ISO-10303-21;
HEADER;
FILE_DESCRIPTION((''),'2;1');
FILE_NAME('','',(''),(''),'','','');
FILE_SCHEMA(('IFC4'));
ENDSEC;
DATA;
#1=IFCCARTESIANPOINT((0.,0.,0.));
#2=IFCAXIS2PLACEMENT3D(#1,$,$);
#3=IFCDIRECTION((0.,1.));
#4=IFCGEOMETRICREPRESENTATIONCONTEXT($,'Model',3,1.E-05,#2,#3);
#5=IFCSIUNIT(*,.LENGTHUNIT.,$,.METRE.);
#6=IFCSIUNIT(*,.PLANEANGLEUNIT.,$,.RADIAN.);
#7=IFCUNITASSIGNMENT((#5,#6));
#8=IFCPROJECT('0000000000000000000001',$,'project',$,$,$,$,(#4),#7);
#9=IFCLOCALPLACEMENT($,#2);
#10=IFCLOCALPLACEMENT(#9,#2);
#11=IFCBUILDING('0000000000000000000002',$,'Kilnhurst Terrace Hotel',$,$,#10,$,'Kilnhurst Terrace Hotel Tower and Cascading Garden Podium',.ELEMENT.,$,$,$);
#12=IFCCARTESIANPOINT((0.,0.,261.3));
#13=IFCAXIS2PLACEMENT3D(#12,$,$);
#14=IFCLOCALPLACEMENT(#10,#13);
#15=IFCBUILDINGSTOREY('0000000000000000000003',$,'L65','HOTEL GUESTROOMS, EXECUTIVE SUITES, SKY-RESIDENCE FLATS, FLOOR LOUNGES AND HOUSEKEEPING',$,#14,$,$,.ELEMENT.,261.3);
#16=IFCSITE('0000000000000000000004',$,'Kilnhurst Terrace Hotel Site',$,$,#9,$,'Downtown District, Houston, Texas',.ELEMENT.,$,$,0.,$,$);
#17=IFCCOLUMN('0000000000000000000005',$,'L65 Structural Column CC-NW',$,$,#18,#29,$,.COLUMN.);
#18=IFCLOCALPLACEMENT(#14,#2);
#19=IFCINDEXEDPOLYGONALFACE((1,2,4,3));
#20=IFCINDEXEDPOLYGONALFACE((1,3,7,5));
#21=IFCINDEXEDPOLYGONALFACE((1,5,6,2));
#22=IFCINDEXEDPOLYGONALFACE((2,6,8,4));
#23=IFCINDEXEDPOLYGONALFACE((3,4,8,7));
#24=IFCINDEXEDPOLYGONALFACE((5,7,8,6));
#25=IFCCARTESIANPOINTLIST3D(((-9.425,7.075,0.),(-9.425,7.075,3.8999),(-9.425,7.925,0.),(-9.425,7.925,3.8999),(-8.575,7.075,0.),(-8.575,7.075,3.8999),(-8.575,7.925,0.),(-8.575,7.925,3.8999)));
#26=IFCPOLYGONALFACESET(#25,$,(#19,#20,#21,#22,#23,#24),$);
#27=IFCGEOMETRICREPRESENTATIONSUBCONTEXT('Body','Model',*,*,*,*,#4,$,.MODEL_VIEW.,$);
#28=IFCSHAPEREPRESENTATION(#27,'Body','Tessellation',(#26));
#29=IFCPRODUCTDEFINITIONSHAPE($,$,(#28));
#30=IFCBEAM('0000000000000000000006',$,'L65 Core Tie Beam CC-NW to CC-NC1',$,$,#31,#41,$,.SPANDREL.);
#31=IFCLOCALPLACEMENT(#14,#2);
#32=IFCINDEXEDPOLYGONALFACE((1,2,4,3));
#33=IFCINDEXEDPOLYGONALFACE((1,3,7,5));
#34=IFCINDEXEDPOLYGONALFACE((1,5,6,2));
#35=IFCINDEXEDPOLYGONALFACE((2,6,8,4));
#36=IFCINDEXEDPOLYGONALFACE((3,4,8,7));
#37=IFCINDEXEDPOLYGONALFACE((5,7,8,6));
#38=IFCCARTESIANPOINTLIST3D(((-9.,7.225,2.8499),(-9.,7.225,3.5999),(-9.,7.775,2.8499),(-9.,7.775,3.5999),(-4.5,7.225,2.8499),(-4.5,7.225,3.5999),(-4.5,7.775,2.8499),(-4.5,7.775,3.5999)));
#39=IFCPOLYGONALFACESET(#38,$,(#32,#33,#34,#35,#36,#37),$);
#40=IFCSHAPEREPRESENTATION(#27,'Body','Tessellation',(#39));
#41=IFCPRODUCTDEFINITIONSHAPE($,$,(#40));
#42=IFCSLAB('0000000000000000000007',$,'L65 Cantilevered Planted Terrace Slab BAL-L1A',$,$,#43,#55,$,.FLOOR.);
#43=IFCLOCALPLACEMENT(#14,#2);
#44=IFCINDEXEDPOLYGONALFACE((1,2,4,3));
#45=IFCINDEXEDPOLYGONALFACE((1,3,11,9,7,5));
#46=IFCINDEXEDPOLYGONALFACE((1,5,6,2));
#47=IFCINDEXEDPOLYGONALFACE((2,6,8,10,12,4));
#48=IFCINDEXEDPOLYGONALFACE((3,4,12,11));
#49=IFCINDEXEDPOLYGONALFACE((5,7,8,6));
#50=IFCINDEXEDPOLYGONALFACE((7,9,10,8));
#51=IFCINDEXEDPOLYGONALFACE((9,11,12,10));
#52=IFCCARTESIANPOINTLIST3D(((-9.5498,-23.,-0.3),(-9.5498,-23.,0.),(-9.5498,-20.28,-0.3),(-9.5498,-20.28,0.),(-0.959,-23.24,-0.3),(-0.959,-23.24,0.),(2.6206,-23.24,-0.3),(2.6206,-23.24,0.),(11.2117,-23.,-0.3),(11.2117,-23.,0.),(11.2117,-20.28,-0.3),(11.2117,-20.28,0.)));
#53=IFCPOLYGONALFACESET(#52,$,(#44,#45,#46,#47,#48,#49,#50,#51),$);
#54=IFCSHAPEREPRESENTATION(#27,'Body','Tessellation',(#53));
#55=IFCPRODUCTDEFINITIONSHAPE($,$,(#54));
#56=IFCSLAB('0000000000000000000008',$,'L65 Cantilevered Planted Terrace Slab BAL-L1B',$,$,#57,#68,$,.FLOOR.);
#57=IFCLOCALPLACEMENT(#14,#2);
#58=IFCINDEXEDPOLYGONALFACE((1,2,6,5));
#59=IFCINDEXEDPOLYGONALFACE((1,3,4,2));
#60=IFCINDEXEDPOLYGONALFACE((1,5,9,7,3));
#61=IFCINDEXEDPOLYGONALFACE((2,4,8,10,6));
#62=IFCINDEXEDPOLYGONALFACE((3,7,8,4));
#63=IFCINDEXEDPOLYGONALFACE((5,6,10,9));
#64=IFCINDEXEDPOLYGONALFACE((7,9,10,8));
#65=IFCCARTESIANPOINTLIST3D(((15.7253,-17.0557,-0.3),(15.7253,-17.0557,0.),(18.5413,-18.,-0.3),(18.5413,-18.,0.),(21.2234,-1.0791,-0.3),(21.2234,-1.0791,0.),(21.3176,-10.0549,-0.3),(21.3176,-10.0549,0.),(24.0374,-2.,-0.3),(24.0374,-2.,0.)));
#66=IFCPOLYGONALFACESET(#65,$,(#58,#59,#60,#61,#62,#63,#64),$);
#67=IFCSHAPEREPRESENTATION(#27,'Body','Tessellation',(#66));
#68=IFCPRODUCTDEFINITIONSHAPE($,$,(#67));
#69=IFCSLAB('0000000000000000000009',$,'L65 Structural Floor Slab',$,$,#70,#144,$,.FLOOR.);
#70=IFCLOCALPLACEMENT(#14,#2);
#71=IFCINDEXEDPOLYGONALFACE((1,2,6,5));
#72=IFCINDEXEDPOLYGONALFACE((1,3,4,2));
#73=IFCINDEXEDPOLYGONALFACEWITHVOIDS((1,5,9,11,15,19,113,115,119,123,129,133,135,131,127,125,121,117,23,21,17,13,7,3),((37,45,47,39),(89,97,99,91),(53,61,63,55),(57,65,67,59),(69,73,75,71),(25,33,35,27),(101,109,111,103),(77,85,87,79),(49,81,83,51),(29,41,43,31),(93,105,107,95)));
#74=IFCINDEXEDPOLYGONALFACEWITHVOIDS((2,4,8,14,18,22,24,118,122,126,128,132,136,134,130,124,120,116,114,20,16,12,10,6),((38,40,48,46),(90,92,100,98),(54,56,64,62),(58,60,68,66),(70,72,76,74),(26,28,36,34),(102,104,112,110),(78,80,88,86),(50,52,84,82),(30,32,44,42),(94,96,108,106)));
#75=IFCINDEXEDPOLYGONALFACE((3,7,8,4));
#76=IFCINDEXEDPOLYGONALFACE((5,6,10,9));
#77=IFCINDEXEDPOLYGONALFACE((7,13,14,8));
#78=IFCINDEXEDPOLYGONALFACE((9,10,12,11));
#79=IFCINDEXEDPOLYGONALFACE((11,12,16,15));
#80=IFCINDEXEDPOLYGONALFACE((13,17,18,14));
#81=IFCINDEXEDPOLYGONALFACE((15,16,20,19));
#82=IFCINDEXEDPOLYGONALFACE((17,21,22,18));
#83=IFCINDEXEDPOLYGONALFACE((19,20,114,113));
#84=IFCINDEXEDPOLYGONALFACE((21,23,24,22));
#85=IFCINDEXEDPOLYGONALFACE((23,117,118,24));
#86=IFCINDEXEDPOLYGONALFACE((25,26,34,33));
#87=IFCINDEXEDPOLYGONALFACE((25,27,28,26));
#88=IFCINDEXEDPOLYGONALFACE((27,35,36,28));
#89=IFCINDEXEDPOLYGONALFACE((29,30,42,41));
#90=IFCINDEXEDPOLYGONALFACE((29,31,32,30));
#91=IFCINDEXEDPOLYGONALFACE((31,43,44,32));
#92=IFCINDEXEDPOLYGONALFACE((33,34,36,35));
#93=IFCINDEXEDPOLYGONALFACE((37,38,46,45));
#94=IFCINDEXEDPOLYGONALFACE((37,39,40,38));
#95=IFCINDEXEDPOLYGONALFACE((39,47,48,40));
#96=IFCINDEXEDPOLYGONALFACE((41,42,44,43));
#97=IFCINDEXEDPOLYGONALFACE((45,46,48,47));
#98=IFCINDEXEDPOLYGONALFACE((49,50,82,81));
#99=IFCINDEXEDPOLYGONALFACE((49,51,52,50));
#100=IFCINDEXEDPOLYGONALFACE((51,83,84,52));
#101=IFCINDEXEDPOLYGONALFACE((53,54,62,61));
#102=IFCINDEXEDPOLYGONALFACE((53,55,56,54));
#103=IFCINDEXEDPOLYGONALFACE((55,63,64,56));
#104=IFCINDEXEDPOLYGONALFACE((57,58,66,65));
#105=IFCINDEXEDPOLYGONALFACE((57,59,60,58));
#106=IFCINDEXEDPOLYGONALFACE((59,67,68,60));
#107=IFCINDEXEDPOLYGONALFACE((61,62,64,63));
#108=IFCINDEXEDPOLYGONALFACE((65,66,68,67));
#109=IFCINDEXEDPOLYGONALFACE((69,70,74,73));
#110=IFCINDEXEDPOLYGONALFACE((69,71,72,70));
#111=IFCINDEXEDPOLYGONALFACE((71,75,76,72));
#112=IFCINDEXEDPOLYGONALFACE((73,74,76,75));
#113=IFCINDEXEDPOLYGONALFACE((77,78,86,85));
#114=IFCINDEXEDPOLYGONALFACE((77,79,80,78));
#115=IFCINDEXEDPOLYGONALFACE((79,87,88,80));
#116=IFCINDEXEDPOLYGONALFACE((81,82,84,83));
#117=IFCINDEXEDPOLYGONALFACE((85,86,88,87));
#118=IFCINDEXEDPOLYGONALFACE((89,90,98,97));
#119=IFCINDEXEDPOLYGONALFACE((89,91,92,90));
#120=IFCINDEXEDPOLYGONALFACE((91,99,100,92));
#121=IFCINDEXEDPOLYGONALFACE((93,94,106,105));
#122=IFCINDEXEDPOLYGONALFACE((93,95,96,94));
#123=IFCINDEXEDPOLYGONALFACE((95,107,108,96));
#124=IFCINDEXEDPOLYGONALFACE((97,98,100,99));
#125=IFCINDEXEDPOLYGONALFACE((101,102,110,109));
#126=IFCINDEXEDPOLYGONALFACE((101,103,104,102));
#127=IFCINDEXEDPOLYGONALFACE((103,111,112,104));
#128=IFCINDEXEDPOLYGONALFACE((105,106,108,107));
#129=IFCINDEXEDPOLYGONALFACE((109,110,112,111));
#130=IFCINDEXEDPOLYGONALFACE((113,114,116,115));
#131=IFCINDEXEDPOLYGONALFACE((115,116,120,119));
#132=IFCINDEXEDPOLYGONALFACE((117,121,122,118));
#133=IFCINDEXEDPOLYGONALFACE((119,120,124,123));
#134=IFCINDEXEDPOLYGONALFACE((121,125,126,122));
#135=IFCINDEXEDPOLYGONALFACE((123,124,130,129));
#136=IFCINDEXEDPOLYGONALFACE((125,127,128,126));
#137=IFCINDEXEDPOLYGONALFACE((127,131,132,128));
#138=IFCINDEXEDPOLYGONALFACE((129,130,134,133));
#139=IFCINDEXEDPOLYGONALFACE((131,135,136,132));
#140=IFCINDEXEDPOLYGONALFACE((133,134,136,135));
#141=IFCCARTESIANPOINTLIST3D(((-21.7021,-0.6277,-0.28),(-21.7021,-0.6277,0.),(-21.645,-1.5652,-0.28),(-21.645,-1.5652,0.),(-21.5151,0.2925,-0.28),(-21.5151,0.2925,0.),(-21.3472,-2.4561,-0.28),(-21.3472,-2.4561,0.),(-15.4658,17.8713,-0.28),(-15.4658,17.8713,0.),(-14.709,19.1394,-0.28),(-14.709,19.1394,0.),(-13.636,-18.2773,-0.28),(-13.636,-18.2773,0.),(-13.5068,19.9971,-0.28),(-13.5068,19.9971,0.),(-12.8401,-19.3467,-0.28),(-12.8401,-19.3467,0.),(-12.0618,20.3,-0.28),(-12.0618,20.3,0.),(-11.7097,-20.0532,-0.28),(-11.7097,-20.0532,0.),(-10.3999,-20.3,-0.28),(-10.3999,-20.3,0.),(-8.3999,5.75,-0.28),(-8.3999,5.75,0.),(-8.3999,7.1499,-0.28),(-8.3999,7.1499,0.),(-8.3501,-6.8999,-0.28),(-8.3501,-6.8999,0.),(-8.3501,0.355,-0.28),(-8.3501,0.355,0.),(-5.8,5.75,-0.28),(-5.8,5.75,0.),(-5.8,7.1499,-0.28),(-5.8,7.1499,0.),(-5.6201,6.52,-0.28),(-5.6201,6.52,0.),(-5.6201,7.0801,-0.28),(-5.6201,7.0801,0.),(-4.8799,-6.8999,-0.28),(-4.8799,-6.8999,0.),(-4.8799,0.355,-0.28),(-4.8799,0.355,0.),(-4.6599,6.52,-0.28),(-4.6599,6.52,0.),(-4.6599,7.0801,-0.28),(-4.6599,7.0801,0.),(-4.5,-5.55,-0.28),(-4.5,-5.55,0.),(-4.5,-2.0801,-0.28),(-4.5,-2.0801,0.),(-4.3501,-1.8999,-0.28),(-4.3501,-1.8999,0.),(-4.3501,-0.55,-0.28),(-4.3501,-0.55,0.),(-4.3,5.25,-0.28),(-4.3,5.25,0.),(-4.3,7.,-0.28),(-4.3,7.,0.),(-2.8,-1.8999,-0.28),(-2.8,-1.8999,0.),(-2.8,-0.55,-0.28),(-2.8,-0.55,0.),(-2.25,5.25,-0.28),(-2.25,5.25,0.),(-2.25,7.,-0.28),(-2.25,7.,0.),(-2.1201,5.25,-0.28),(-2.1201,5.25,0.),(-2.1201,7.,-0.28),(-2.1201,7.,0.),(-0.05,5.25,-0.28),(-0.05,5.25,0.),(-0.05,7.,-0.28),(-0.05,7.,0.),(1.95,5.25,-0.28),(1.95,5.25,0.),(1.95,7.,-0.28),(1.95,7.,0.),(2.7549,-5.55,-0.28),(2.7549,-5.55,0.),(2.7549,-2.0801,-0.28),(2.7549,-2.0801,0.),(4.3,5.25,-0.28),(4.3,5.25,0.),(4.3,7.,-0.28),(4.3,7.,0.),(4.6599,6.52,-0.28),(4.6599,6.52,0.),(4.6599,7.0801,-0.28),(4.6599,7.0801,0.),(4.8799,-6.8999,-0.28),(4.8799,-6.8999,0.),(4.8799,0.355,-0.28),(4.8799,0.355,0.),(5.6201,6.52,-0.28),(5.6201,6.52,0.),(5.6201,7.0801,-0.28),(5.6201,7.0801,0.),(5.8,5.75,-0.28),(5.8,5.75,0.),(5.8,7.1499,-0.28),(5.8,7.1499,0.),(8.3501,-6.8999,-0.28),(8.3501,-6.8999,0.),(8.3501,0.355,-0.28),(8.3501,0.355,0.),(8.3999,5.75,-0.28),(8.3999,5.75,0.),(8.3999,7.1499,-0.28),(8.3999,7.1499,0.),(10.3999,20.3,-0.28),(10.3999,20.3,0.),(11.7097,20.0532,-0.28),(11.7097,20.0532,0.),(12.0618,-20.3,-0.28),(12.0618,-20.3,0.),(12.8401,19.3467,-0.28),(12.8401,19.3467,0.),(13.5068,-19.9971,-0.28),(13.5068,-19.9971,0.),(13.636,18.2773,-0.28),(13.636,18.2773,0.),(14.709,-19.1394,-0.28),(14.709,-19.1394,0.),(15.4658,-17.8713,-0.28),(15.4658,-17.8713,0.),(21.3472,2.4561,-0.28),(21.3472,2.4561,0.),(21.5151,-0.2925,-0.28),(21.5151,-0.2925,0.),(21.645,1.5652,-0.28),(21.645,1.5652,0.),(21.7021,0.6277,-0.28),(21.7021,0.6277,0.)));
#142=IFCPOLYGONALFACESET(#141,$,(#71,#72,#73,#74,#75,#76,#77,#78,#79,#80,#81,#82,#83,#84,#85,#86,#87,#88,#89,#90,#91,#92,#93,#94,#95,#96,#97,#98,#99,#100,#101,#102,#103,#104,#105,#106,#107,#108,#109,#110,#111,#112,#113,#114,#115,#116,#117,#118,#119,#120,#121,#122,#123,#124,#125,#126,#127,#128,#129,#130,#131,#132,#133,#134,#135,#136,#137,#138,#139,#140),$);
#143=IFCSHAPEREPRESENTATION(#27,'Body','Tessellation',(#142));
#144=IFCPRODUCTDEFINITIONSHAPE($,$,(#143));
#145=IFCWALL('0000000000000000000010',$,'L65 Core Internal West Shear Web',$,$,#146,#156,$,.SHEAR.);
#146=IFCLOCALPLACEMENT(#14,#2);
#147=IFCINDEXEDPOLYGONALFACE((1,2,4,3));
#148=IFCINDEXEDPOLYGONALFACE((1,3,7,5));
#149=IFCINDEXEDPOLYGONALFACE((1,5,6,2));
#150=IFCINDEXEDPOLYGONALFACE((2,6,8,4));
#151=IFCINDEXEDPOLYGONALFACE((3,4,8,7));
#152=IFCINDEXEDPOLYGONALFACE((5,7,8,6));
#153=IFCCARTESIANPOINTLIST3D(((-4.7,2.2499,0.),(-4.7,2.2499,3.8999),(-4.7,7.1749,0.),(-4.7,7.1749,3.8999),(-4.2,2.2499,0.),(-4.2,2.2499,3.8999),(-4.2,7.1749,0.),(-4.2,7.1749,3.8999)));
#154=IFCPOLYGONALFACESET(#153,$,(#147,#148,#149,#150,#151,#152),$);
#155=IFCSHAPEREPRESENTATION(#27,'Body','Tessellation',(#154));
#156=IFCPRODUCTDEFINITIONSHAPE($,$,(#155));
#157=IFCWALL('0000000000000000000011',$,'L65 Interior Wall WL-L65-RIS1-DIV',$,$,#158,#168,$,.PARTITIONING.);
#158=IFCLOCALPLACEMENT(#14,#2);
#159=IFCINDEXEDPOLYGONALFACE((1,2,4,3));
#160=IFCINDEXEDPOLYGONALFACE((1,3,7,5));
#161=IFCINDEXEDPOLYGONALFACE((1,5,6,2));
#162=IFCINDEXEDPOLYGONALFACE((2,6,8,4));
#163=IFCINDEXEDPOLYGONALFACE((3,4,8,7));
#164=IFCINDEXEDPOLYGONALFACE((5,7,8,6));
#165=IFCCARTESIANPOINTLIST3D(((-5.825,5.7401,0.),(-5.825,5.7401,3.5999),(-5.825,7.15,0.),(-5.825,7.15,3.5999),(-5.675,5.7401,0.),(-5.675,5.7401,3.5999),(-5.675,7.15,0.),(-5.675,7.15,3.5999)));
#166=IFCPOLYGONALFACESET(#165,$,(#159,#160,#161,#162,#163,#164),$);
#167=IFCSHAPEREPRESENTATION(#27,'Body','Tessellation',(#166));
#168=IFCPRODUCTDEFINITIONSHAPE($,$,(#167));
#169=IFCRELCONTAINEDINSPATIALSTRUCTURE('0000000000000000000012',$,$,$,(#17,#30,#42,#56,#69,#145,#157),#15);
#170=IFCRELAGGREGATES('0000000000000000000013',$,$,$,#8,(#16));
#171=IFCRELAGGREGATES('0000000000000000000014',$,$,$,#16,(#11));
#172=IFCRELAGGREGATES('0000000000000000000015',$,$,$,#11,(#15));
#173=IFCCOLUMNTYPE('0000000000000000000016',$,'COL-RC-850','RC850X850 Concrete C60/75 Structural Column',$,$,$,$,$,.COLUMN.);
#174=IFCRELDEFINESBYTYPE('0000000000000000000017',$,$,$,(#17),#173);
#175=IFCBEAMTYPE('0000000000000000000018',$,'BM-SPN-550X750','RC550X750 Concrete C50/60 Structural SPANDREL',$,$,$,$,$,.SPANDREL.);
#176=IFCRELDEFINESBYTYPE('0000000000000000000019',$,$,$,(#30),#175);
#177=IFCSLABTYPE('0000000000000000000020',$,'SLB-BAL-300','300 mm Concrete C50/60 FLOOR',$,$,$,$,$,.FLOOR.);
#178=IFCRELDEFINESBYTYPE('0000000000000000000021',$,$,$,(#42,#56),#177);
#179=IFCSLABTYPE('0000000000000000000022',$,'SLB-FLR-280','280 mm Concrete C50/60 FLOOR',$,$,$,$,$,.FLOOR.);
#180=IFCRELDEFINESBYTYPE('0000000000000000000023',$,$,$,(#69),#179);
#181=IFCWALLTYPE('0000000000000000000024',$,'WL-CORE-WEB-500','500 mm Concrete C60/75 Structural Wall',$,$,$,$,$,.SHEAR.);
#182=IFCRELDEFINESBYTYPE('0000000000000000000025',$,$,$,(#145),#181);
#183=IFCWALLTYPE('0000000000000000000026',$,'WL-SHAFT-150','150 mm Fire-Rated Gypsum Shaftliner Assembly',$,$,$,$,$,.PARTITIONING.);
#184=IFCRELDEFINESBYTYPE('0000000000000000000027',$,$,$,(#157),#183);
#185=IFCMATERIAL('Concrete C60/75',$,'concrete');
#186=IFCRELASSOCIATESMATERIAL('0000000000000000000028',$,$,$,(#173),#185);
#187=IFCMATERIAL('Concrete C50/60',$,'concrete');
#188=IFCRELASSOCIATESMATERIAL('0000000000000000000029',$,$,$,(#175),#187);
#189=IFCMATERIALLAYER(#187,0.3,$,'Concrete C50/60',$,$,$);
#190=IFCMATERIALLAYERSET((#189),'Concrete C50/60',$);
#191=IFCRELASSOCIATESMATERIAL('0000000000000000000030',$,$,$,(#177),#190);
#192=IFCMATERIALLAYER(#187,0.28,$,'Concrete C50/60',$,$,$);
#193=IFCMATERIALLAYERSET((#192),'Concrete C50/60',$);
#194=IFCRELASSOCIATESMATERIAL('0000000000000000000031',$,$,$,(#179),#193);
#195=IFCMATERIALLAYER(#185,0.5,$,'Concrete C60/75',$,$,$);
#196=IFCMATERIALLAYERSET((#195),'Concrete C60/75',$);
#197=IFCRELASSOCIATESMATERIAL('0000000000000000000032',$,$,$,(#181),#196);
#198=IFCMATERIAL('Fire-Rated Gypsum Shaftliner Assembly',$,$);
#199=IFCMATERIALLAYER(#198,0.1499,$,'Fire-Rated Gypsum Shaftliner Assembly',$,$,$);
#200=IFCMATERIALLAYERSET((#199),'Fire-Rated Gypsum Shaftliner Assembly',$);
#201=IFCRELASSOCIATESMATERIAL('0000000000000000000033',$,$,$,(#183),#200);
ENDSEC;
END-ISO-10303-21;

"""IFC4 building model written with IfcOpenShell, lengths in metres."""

from ifc_helpers import new_model, si_unit, direction, frame, frame_2d, origin, origin_2d, place, context, subcontext, project, spatial, polyline, rectangle, outline, extrude, material, layer, layer_set, material_profile, profile_set, type_object, element, save


model = new_model("IFC4")

# Units and contexts
model_context = context("Model", 3, precision=1e-05, world=origin(), true_north=direction((0.0, 1.0)))
body_context = subcontext(model_context, "Body", "Model", "MODEL_VIEW")
ifc_project = project(units=[si_unit("LENGTHUNIT", "METRE"), si_unit("PLANEANGLEUNIT", "RADIAN")], contexts=[model_context])

# Site, building, storey
site_placement = place(None, origin())
site = spatial("IfcSite", under=ifc_project, at=site_placement, Name="Kilnhurst Terrace Hotel Site", LongName="Downtown District, Houston, Texas", CompositionType="ELEMENT", RefElevation=0.0)
building_placement = place(site_placement, origin())
building = spatial("IfcBuilding", under=site, at=building_placement, Name="Kilnhurst Terrace Hotel", LongName="Kilnhurst Terrace Hotel Tower and Cascading Garden Podium", CompositionType="ELEMENT")
storey_placement = place(building_placement, frame((0.0, 0.0, 261.3)))
storey = spatial("IfcBuildingStorey", under=building, at=storey_placement, Name="L65", Description="HOTEL GUESTROOMS, EXECUTIVE SUITES, SKY-RESIDENCE FLATS, FLOOR LOUNGES AND HOUSEKEEPING", CompositionType="ELEMENT", Elevation=261.3)

# Column
ifc_material_1 = material(Name="Concrete C60/75", Category="concrete")
ifc_material_profile_1 = material_profile(ifc_material_1, rectangle(XDim=0.8501, YDim=0.8501, at=origin_2d()), Name="RC850X850")
ifc_profile_set_1 = profile_set([ifc_material_profile_1], Name="Concrete C60/75")
column_type = type_object("IfcColumnType", Name="COL-RC-850", Description="RC850X850 Concrete C60/75 Structural Column", PredefinedType="COLUMN", material=ifc_profile_set_1)
column_placement = place(storey_placement, frame((-9.0, 7.5, 0.0), z_axis=(0.0, 0.0, 1.0), x_axis=(1.0, 0.0, 0.0)))
element("IfcColumn", 1, at=column_placement, inside=storey, type_object=column_type, Name="L65 Structural Column CC-NW", PredefinedType="COLUMN", context=body_context, shape_type="SweptSolid", body=[
    extrude(rectangle(XDim=0.8501, YDim=0.8501, at=origin_2d()), origin(), (0.0, 0.0, 1.0), 3.8999),
])

# Beam
ifc_material_2 = material(Name="Concrete C50/60", Category="concrete")
ifc_material_profile_2 = material_profile(ifc_material_2, rectangle(XDim=0.55, YDim=0.75, at=origin_2d()), Name="RC550X750")
ifc_profile_set_2 = profile_set([ifc_material_profile_2], Name="Concrete C50/60")
beam_type = type_object("IfcBeamType", Name="BM-SPN-550X750", Description="RC550X750 Concrete C50/60 Structural SPANDREL", PredefinedType="SPANDREL", material=ifc_profile_set_2)
beam_placement = place(storey_placement, frame((-9.0, 7.5, 3.2249), z_axis=(1.0, 0.0, 0.0), x_axis=(0.0, 1.0, 0.0)))
element("IfcBeam", 2, at=beam_placement, inside=storey, type_object=beam_type, Name="L65 Core Tie Beam CC-NW to CC-NC1", PredefinedType="SPANDREL", context=body_context, shape_type="SweptSolid", body=[
    extrude(rectangle(XDim=0.55, YDim=0.75, at=origin_2d()), origin(), (0.0, 0.0, 1.0), 4.5),
])

# Slabs
ifc_layer_1 = layer(ifc_material_2, 0.3, Name="Concrete C50/60")
ifc_layer_set_1 = layer_set([ifc_layer_1], Name="Concrete C50/60")
slab_type_1 = type_object("IfcSlabType", Name="SLB-BAL-300", Description="300 mm Concrete C50/60 FLOOR", PredefinedType="FLOOR", material=ifc_layer_set_1)
slab_1_placement = place(storey_placement, frame((0.0, 0.0, -0.3)))
element("IfcSlab", 3, at=slab_1_placement, inside=storey, type_object=slab_type_1, Name="L65 Cantilevered Planted Terrace Slab BAL-L1A", PredefinedType="FLOOR", context=body_context, shape_type="SweptSolid", body=[
    extrude(outline(polyline([(2.6206, -23.24), (-0.959, -23.24), (-9.5498, -23.0), (-9.5498, -20.28), (11.2117, -20.28), (11.2117, -23.0), (2.6206, -23.24)])), origin(), (0.0, 0.0, 1.0), 0.3),
])
slab_2_placement = place(storey_placement, frame((0.0, 0.0, -0.3)))
element("IfcSlab", 4, at=slab_2_placement, inside=storey, type_object=slab_type_1, Name="L65 Cantilevered Planted Terrace Slab BAL-L1B", PredefinedType="FLOOR", context=body_context, shape_type="SweptSolid", body=[
    extrude(outline(polyline([(18.5413, -18.0), (15.7253, -17.0557), (21.2234, -1.0791), (24.0374, -2.0), (21.3176, -10.0549), (18.5413, -18.0)])), origin(), (0.0, 0.0, 1.0), 0.3),
])
ifc_layer_2 = layer(ifc_material_2, 0.28, Name="Concrete C50/60")
ifc_layer_set_2 = layer_set([ifc_layer_2], Name="Concrete C50/60")
slab_type_2 = type_object("IfcSlabType", Name="SLB-FLR-280", Description="280 mm Concrete C50/60 FLOOR", PredefinedType="FLOOR", material=ifc_layer_set_2)
slab_3_placement = place(storey_placement, frame((0.0, 0.0, -0.28)))
element("IfcSlab", 5, at=slab_3_placement, inside=storey, type_object=slab_type_2, Name="L65 Structural Floor Slab", PredefinedType="FLOOR", context=body_context, shape_type="SweptSolid", body=[
    extrude(outline(polyline([(-13.636, -18.2773), (-12.8401, -19.3467), (-11.7097, -20.0532), (-10.3999, -20.3), (12.0618, -20.3), (13.5068, -19.9971), (14.709, -19.1394), (15.4658, -17.8713), (21.5151, -0.2925), (21.7021, 0.6277), (21.645, 1.5652), (21.3472, 2.4561), (13.636, 18.2773), (12.8401, 19.3467), (11.7097, 20.0532), (10.3999, 20.3), (-12.0618, 20.3), (-13.5068, 19.9971), (-14.709, 19.1394), (-15.4658, 17.8713), (-21.5151, 0.2925), (-21.7021, -0.6277), (-21.645, -1.5652), (-21.3472, -2.4561), (-13.636, -18.2773)]), holes=[polyline([(-8.3501, 0.355), (-4.8799, 0.355), (-4.8799, -6.8999), (-8.3501, -6.8999), (-8.3501, 0.355)]), polyline([(-2.8, -1.8999), (-4.3501, -1.8999), (-4.3501, -0.55), (-2.8, -0.55), (-2.8, -1.8999)]), polyline([(-2.25, 5.25), (-4.3, 5.25), (-4.3, 7.0), (-2.25, 7.0), (-2.25, 5.25)]), polyline([(-2.1201, 5.25), (-2.1201, 7.0), (-0.05, 7.0), (-0.05, 5.25), (-2.1201, 5.25)]), polyline([(-8.3999, 5.75), (-8.3999, 7.1499), (-5.8, 7.1499), (-5.8, 5.75), (-8.3999, 5.75)]), polyline([(-4.6599, 6.52), (-5.6201, 6.52), (-5.6201, 7.0801), (-4.6599, 7.0801), (-4.6599, 6.52)]), polyline([(2.7549, -5.55), (-4.5, -5.55), (-4.5, -2.0801), (2.7549, -2.0801), (2.7549, -5.55)]), polyline([(8.3501, 0.355), (8.3501, -6.8999), (4.8799, -6.8999), (4.8799, 0.355), (8.3501, 0.355)]), polyline([(4.3, 5.25), (1.95, 5.25), (1.95, 7.0), (4.3, 7.0), (4.3, 5.25)]), polyline([(5.8, 5.75), (5.8, 7.1499), (8.3999, 7.1499), (8.3999, 5.75), (5.8, 5.75)]), polyline([(4.6599, 6.52), (4.6599, 7.0801), (5.6201, 7.0801), (5.6201, 6.52), (4.6599, 6.52)])]), origin(), (0.0, 0.0, 1.0), 0.28),
])

# Walls
ifc_layer_3 = layer(ifc_material_1, 0.5, Name="Concrete C60/75")
ifc_layer_set_3 = layer_set([ifc_layer_3], Name="Concrete C60/75")
wall_type_1 = type_object("IfcWallType", Name="WL-CORE-WEB-500", Description="500 mm Concrete C60/75 Structural Wall", PredefinedType="SHEAR", material=ifc_layer_set_3)
wall_1_placement = place(storey_placement, frame((-4.45, 2.25, 0.0), z_axis=(0.0, 0.0, 1.0), x_axis=(0.0, 1.0, 0.0)))
element("IfcWall", 6, at=wall_1_placement, inside=storey, type_object=wall_type_1, Name="L65 Core Internal West Shear Web", PredefinedType="SHEAR", context=body_context, shape_type="SweptSolid", body=[
    extrude(rectangle(XDim=4.925, YDim=0.5, at=frame_2d((2.4624, 0.0))), origin(), (0.0, 0.0, 1.0), 3.8999),
])
ifc_material_3 = material(Name="Fire-Rated Gypsum Shaftliner Assembly")
ifc_layer_4 = layer(ifc_material_3, 0.1499, Name="Fire-Rated Gypsum Shaftliner Assembly")
ifc_layer_set_4 = layer_set([ifc_layer_4], Name="Fire-Rated Gypsum Shaftliner Assembly")
wall_type_2 = type_object("IfcWallType", Name="WL-SHAFT-150", Description="150 mm Fire-Rated Gypsum Shaftliner Assembly", PredefinedType="PARTITIONING", material=ifc_layer_set_4)
wall_2_placement = place(storey_placement, frame((-5.75, 5.74, 0.0), z_axis=(0.0, 0.0, 1.0), x_axis=(0.0, 1.0, 0.0)))
element("IfcWall", 7, at=wall_2_placement, inside=storey, type_object=wall_type_2, Name="L65 Interior Wall WL-L65-RIS1-DIV", PredefinedType="PARTITIONING", context=body_context, shape_type="SweptSolid", body=[
    extrude(rectangle(XDim=1.4099, YDim=0.1499, at=frame_2d((0.7051, 0.0))), origin(), (0.0, 0.0, 1.0), 3.5999),
])

save(model, "model.ifc")
